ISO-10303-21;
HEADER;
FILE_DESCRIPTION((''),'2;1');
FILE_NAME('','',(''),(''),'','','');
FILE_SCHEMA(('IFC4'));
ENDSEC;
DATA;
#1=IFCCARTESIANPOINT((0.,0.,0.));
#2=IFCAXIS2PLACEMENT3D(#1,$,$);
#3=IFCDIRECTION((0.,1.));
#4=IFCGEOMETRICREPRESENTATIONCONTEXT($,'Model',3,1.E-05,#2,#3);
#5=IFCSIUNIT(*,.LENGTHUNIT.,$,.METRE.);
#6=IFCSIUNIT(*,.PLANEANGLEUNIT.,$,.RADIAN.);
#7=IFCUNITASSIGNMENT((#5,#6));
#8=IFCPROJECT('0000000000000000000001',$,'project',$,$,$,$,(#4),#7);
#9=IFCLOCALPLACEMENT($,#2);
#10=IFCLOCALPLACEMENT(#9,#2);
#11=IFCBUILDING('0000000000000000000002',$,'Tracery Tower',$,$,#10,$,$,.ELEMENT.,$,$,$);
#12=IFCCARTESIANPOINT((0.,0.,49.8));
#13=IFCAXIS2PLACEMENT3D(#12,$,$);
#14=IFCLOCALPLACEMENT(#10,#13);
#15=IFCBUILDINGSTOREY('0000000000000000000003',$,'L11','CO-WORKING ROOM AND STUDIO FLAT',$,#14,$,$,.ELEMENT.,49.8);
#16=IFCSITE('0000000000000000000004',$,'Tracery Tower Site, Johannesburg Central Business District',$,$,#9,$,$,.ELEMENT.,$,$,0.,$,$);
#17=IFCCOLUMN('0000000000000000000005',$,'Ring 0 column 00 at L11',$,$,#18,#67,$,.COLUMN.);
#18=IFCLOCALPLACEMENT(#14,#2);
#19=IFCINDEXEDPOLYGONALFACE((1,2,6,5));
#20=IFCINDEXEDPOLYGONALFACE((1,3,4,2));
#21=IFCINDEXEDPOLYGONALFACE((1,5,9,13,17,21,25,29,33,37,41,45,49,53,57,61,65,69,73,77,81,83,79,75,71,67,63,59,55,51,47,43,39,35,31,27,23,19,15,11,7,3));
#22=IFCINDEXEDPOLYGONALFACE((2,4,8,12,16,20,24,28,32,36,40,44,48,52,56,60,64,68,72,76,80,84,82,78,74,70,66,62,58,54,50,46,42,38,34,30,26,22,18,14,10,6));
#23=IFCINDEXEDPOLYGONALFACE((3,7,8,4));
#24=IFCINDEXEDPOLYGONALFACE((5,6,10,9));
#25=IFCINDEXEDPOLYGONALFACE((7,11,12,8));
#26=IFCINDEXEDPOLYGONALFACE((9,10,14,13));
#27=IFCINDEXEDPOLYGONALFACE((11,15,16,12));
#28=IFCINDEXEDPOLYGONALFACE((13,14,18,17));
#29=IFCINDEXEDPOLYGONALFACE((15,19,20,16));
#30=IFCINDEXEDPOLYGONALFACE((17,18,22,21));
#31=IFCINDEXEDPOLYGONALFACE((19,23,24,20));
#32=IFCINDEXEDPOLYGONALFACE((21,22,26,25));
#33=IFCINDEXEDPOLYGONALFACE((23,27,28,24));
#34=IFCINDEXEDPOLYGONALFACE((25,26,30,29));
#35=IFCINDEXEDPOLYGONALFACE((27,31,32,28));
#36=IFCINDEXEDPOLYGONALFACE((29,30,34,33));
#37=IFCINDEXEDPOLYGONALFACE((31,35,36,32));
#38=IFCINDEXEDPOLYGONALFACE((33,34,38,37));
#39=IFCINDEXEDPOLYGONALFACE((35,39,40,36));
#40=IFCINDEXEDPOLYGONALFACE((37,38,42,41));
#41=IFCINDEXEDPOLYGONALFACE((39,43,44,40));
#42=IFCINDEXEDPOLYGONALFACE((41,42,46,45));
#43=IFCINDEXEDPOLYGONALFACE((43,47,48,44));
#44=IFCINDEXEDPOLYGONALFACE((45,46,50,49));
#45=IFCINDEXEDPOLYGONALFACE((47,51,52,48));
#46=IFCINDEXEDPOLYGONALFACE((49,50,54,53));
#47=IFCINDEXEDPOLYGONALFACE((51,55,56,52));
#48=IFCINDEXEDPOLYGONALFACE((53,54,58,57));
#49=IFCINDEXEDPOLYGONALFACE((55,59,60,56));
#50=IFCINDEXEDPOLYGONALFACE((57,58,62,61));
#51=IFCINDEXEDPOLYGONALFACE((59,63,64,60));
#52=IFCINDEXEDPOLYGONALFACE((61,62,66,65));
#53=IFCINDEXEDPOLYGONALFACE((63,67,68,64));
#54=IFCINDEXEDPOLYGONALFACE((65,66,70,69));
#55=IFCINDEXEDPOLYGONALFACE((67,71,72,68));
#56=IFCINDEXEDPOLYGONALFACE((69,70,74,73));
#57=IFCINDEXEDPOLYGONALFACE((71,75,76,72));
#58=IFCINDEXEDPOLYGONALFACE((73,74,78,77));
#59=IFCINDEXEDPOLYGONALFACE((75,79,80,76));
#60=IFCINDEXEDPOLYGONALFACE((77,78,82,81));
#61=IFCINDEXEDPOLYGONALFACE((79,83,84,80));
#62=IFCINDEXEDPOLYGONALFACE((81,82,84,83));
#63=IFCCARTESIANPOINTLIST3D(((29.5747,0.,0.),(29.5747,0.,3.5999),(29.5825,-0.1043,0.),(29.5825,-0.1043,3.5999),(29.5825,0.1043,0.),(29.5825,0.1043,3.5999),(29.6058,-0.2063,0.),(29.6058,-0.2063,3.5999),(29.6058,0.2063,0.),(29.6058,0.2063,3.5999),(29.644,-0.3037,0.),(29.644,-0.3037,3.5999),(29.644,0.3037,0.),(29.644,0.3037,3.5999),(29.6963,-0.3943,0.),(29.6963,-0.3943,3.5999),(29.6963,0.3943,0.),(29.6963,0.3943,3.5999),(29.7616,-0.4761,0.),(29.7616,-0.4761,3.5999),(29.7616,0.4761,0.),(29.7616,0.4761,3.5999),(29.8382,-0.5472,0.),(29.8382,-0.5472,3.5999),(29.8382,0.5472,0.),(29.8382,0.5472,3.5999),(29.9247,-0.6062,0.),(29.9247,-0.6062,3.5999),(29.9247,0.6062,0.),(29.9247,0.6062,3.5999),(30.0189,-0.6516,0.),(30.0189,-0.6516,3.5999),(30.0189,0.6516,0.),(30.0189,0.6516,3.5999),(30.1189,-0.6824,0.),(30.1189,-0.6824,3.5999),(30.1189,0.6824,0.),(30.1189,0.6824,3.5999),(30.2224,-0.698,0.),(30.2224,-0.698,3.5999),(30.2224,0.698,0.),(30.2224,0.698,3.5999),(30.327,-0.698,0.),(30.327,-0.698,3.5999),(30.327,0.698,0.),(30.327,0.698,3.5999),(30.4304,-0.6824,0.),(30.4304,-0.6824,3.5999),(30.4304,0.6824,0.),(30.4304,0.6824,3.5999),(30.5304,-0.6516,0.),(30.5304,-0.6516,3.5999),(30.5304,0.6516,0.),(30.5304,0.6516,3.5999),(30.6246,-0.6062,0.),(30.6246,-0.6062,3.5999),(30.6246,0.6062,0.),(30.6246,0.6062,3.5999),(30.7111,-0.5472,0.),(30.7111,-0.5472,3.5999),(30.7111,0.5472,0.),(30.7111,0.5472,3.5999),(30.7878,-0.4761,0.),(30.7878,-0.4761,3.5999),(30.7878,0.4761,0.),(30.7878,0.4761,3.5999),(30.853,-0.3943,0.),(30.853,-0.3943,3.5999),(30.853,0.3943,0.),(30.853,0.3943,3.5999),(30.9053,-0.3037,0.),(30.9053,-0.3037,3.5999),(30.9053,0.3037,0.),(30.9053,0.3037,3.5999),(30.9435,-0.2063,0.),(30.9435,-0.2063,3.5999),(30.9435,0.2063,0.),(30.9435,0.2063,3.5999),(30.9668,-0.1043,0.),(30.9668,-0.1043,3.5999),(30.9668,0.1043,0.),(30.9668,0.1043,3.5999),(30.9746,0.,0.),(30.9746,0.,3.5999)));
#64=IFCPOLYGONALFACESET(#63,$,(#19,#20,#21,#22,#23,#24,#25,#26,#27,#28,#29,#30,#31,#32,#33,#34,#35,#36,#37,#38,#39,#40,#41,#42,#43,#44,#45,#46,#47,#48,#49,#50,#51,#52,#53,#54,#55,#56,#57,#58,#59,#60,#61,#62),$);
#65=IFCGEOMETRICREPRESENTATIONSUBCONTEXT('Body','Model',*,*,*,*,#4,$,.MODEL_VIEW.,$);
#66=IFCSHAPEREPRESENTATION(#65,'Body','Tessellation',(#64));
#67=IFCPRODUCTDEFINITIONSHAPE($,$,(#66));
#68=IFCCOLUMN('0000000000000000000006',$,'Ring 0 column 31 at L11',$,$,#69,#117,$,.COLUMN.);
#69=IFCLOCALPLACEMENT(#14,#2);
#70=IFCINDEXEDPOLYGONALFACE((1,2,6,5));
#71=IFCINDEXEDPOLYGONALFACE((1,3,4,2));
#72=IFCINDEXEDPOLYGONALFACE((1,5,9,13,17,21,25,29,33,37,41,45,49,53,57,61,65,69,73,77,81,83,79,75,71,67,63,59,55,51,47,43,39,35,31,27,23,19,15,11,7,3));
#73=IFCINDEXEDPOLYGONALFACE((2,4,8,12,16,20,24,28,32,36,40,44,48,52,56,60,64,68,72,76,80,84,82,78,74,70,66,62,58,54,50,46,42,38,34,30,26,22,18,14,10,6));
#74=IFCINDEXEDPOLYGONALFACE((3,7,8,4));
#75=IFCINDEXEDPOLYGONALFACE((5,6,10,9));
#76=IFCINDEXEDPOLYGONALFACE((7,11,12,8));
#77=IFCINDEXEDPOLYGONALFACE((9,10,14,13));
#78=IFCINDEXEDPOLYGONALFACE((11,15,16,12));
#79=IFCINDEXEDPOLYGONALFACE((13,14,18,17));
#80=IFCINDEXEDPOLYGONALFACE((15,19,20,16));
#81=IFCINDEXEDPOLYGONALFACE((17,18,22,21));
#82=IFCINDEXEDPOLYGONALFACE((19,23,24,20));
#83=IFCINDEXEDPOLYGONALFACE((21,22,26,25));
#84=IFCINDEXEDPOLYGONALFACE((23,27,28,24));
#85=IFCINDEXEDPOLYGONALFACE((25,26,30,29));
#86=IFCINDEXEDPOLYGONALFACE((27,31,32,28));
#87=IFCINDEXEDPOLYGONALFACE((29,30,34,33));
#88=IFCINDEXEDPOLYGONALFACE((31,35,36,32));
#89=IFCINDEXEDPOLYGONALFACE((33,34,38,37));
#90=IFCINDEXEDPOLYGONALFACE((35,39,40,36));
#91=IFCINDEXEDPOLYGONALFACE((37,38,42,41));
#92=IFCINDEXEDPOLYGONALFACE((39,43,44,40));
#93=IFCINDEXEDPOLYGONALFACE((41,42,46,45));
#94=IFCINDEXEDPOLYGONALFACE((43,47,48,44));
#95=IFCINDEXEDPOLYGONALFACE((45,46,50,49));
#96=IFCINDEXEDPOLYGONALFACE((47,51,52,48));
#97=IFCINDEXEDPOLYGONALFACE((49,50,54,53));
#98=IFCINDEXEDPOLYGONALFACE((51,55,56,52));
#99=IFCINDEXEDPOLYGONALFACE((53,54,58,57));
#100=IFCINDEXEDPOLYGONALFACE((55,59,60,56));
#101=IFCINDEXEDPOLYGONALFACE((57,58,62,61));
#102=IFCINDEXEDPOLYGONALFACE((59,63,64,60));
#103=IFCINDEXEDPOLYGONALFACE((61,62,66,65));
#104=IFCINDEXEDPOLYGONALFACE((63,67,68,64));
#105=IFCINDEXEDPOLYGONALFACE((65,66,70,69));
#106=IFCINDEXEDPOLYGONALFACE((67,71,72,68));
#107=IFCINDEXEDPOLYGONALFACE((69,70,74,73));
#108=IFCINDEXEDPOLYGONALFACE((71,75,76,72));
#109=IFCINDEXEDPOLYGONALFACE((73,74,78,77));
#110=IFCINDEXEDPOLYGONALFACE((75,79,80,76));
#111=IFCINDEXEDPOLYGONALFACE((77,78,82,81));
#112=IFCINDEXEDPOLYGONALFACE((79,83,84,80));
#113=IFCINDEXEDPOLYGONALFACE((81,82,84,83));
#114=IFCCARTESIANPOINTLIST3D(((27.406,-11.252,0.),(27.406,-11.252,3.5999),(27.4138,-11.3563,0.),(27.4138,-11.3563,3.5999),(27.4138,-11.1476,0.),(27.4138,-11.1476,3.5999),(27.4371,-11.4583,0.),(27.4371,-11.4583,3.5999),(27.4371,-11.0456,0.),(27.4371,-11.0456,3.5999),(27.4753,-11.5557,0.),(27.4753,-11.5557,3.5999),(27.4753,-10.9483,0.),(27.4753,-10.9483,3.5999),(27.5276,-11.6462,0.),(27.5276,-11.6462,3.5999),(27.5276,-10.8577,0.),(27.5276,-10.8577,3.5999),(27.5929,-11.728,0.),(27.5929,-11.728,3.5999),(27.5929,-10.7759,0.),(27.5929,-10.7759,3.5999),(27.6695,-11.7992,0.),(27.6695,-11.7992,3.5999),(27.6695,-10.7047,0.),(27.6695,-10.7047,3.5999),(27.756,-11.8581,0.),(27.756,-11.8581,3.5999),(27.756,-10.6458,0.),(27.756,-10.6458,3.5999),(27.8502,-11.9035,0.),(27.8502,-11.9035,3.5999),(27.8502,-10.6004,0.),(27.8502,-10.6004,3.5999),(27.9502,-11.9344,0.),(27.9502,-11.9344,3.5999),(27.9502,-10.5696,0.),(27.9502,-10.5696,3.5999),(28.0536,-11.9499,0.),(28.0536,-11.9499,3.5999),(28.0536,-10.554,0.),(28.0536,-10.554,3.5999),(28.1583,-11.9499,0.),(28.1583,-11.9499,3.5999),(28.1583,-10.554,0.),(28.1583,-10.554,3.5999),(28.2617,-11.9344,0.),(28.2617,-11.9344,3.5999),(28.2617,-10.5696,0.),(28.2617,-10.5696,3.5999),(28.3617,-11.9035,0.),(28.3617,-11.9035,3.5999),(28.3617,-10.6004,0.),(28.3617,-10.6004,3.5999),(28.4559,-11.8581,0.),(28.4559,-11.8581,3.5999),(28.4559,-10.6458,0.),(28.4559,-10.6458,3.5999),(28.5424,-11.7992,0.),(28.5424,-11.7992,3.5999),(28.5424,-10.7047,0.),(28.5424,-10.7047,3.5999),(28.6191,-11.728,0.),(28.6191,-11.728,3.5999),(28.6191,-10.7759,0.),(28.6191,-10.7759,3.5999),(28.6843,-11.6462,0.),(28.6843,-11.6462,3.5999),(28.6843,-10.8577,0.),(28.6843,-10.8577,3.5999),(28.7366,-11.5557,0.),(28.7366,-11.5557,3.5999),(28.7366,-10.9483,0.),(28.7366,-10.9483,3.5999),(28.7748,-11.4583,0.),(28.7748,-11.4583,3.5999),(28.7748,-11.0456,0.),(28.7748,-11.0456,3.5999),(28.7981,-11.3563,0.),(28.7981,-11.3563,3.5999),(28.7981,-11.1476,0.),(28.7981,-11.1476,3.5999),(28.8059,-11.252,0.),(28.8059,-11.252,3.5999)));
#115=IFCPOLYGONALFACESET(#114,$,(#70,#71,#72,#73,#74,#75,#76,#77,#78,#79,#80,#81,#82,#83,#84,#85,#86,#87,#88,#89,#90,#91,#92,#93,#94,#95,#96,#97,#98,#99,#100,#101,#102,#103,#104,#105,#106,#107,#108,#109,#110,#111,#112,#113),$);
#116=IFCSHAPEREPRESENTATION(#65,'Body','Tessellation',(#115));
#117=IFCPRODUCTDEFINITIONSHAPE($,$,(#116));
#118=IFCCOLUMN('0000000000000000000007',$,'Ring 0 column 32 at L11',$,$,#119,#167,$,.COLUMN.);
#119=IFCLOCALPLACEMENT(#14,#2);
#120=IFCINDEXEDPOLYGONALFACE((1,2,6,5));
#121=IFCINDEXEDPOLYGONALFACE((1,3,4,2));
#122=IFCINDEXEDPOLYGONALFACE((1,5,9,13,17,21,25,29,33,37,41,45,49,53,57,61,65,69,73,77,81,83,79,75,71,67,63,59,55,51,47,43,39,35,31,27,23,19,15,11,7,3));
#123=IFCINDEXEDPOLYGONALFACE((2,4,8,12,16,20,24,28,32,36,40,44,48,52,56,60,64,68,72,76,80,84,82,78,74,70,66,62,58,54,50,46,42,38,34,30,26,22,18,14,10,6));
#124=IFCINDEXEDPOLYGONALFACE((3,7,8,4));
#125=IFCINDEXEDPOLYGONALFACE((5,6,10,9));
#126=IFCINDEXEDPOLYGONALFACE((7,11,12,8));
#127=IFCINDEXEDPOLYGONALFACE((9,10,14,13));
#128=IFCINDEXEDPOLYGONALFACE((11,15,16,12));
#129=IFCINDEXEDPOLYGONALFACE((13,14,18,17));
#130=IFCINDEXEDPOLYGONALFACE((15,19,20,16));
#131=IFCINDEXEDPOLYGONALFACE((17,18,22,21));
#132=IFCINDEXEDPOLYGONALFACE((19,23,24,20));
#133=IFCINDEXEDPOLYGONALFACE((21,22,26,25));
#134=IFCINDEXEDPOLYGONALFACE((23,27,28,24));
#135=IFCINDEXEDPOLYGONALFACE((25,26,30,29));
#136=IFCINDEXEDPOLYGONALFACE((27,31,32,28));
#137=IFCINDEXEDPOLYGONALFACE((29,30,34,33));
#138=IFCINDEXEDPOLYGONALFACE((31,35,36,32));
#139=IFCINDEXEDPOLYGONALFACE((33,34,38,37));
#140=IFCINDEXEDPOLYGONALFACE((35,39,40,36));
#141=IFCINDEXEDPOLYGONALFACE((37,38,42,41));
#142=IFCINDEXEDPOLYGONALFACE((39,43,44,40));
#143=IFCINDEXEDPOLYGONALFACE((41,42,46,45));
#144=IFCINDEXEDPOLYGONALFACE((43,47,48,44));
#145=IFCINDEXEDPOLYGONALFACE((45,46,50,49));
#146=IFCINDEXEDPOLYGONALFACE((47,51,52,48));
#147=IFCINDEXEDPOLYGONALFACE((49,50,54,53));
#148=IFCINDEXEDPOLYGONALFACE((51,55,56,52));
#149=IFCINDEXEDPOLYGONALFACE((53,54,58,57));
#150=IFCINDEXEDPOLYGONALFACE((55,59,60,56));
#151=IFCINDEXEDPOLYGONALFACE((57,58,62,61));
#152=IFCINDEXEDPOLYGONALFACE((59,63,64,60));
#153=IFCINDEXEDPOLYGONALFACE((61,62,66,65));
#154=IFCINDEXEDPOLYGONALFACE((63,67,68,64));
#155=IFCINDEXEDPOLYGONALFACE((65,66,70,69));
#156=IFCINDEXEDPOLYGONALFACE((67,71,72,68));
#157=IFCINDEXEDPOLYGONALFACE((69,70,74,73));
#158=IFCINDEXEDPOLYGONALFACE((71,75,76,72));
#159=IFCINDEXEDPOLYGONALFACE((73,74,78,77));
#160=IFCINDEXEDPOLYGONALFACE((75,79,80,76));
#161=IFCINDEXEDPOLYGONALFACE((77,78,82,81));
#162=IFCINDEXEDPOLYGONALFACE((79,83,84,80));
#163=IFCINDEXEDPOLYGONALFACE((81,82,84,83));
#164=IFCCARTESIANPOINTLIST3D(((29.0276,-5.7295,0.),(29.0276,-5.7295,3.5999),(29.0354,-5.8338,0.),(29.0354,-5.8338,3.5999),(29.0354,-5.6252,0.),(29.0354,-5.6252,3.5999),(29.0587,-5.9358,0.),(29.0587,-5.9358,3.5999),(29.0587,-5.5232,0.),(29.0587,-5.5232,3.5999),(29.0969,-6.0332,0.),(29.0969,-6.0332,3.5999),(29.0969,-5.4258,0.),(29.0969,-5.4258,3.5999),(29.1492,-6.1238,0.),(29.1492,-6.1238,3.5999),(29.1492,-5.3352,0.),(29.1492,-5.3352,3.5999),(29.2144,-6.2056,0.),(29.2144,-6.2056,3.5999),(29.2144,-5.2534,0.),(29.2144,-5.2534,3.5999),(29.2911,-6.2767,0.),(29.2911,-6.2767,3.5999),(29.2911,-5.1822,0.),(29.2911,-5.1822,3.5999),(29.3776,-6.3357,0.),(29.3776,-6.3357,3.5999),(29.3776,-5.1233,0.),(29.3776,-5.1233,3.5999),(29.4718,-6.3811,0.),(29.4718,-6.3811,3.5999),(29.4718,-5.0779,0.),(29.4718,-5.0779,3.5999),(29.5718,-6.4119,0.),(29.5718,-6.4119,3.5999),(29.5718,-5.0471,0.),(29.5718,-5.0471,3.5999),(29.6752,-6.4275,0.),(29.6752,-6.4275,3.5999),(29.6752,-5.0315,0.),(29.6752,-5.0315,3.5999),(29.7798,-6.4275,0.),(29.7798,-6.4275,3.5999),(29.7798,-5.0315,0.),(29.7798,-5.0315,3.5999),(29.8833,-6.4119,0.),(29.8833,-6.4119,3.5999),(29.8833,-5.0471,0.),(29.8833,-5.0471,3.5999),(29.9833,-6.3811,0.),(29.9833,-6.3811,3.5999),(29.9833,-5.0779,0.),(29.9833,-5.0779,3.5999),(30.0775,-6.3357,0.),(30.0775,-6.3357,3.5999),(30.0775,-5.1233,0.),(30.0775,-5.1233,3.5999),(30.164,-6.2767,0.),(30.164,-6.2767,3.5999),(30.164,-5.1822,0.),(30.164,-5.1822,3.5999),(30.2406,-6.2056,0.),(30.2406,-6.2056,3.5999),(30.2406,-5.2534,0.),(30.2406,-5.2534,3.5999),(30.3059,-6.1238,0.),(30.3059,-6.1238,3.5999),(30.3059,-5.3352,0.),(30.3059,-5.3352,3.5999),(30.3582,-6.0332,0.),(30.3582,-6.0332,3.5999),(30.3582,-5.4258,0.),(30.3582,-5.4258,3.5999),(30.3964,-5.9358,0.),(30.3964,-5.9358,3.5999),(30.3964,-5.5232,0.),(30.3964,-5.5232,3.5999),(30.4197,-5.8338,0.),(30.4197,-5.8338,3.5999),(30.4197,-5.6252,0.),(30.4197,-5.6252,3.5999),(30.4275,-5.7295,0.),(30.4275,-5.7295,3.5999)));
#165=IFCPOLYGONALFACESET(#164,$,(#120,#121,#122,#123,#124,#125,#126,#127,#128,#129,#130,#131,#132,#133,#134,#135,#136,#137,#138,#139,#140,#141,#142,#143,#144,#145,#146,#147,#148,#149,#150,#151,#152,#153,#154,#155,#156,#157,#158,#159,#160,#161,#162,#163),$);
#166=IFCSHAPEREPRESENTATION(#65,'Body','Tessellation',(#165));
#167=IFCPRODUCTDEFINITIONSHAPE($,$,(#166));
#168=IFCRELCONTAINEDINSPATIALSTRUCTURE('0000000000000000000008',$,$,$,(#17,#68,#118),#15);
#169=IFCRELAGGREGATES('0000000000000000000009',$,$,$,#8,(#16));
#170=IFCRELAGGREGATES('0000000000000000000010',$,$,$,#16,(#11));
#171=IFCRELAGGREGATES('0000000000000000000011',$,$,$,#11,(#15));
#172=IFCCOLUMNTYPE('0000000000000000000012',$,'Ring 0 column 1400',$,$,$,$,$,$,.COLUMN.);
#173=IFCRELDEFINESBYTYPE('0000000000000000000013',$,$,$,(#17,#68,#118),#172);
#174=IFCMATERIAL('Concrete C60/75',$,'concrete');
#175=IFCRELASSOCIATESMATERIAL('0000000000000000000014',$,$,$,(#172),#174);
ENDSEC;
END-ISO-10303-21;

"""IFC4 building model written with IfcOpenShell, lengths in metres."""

from ifc_helpers import new_model, si_unit, direction, frame, origin, origin_2d, place, context, subcontext, project, spatial, circle, extrude, material, material_profile, profile_set, type_object, element, save


model = new_model("IFC4")

# Units and contexts
model_context = context("Model", 3, precision=1e-05, world=origin(), true_north=direction((0.0, 1.0)))
body_context = subcontext(model_context, "Body", "Model", "MODEL_VIEW")
ifc_project = project(units=[si_unit("LENGTHUNIT", "METRE"), si_unit("PLANEANGLEUNIT", "RADIAN")], contexts=[model_context])

# Site, building, storey
site_placement = place(None, origin())
site = spatial("IfcSite", under=ifc_project, at=site_placement, Name="Tracery Tower Site, Johannesburg Central Business District", CompositionType="ELEMENT", RefElevation=0.0)
building_placement = place(site_placement, origin())
building = spatial("IfcBuilding", under=site, at=building_placement, Name="Tracery Tower", CompositionType="ELEMENT")
storey_placement = place(building_placement, frame((0.0, 0.0, 49.8)))
storey = spatial("IfcBuildingStorey", under=building, at=storey_placement, Name="L11", Description="CO-WORKING ROOM AND STUDIO FLAT", CompositionType="ELEMENT", Elevation=49.8)

# Columns
ifc_material_1 = material(Name="Concrete C60/75", Category="concrete")
ifc_material_profile_1 = material_profile(ifc_material_1, circle(Radius=0.7, at=origin_2d()), Name="RC D1400")
ifc_profile_set_1 = profile_set([ifc_material_profile_1], Name="Concrete C60/75")
column_type_1 = type_object("IfcColumnType", Name="Ring 0 column 1400", PredefinedType="COLUMN", material=ifc_profile_set_1)
for number, where, z_axis, x_axis, name in (
    (1, (30.2747, 0.0, 0.0), (0.0, 0.0, 1.0), (1.0, 0.0, 0.0), "Ring 0 column 00 at L11"),
    (2, (28.106, -11.252, 0.0), (0.0, 0.0, 1.0), (1.0, 0.0, 0.0), "Ring 0 column 31 at L11"),
    (3, (29.7275, -5.7295, 0.0), (0.0, 0.0, 1.0), (1.0, 0.0, 0.0), "Ring 0 column 32 at L11"),
):
    element("IfcColumn", number, at=place(storey_placement, frame(where, z_axis=z_axis, x_axis=x_axis)), inside=storey, type_object=column_type_1, Name=name, PredefinedType="COLUMN", context=body_context, shape_type="SweptSolid", body=[
        extrude(circle(Radius=0.7, at=origin_2d()), origin(), (0.0, 0.0, 1.0), 3.5999),
    ])

save(model, "model.ifc")
